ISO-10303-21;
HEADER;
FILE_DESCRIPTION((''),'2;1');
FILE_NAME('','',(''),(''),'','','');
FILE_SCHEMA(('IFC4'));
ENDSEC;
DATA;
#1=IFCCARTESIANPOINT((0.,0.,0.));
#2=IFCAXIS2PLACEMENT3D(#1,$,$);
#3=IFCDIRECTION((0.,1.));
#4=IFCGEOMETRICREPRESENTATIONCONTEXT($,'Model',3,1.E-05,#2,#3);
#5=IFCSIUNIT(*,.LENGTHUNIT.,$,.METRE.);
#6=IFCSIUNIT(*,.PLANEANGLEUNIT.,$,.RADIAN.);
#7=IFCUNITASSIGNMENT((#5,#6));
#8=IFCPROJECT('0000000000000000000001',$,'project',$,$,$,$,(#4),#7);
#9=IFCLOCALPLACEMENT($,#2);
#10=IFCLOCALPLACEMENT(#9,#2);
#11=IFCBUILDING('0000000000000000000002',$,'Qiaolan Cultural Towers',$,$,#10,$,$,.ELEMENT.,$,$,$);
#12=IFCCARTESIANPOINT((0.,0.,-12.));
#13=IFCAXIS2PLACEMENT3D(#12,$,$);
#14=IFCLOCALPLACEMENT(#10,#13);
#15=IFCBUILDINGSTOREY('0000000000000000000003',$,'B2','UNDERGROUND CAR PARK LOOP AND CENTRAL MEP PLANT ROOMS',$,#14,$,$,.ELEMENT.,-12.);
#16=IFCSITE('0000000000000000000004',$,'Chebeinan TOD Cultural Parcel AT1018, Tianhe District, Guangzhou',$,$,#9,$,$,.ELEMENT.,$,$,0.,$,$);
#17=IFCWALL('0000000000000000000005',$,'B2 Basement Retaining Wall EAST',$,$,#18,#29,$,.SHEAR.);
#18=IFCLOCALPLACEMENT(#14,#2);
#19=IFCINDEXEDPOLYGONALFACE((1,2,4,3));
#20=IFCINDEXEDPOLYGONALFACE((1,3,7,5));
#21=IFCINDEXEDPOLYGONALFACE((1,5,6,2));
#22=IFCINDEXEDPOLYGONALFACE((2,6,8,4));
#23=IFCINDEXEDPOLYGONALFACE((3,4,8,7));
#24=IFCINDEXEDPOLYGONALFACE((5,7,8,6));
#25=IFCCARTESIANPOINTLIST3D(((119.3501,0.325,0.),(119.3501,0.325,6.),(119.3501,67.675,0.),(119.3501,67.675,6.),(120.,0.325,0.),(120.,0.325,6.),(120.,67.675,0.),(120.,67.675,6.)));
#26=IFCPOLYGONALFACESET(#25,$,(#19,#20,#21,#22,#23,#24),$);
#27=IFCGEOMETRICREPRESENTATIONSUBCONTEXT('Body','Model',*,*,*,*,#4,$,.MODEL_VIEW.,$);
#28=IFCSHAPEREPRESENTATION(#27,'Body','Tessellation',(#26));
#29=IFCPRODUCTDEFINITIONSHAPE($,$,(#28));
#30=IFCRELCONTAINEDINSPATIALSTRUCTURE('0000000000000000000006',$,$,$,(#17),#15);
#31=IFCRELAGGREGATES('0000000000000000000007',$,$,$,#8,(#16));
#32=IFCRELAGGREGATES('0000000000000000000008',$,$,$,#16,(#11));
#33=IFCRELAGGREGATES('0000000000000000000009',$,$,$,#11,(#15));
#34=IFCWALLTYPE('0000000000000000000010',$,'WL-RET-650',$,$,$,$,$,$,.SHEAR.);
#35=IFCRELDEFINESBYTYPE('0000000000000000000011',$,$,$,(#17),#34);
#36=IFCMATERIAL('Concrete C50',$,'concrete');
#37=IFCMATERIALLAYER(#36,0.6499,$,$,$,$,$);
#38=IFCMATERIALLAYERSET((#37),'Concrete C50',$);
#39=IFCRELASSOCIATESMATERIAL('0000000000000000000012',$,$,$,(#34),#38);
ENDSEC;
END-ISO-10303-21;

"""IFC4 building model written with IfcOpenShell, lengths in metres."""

from ifc_helpers import new_model, si_unit, direction, frame, frame_2d, origin, place, context, subcontext, project, spatial, rectangle, extrude, material, layer, layer_set, type_object, element, save


model = new_model("IFC4")

# Units and contexts
model_context = context("Model", 3, precision=1e-05, world=origin(), true_north=direction((0.0, 1.0)))
body_context = subcontext(model_context, "Body", "Model", "MODEL_VIEW")
ifc_project = project(units=[si_unit("LENGTHUNIT", "METRE"), si_unit("PLANEANGLEUNIT", "RADIAN")], contexts=[model_context])

# Site, building, storey
site_placement = place(None, origin())
site = spatial("IfcSite", under=ifc_project, at=site_placement, Name="Chebeinan TOD Cultural Parcel AT1018, Tianhe District, Guangzhou", CompositionType="ELEMENT", RefElevation=0.0)
building_placement = place(site_placement, origin())
building = spatial("IfcBuilding", under=site, at=building_placement, Name="Qiaolan Cultural Towers", CompositionType="ELEMENT")
storey_placement = place(building_placement, frame((0.0, 0.0, -12.0)))
storey = spatial("IfcBuildingStorey", under=building, at=storey_placement, Name="B2", Description="UNDERGROUND CAR PARK LOOP AND CENTRAL MEP PLANT ROOMS", CompositionType="ELEMENT", Elevation=-12.0)

# Wall
ifc_material_1 = material(Name="Concrete C50", Category="concrete")
ifc_layer_1 = layer(ifc_material_1, 0.6499)
ifc_layer_set_1 = layer_set([ifc_layer_1], Name="Concrete C50")
wall_type_1 = type_object("IfcWallType", Name="WL-RET-650", PredefinedType="SHEAR", material=ifc_layer_set_1)
wall_1_placement = place(storey_placement, frame((119.675, 0.325, 0.0), z_axis=(0.0, 0.0, 1.0), x_axis=(0.0, 1.0, 0.0)))
element("IfcWall", 1, at=wall_1_placement, inside=storey, type_object=wall_type_1, Name="B2 Basement Retaining Wall EAST", PredefinedType="SHEAR", context=body_context, shape_type="SweptSolid", body=[
    extrude(rectangle(XDim=67.3501, YDim=0.6499, at=frame_2d((33.675, 0.0))), origin(), (0.0, 0.0, 1.0), 6.0),
])

save(model, "model.ifc")
